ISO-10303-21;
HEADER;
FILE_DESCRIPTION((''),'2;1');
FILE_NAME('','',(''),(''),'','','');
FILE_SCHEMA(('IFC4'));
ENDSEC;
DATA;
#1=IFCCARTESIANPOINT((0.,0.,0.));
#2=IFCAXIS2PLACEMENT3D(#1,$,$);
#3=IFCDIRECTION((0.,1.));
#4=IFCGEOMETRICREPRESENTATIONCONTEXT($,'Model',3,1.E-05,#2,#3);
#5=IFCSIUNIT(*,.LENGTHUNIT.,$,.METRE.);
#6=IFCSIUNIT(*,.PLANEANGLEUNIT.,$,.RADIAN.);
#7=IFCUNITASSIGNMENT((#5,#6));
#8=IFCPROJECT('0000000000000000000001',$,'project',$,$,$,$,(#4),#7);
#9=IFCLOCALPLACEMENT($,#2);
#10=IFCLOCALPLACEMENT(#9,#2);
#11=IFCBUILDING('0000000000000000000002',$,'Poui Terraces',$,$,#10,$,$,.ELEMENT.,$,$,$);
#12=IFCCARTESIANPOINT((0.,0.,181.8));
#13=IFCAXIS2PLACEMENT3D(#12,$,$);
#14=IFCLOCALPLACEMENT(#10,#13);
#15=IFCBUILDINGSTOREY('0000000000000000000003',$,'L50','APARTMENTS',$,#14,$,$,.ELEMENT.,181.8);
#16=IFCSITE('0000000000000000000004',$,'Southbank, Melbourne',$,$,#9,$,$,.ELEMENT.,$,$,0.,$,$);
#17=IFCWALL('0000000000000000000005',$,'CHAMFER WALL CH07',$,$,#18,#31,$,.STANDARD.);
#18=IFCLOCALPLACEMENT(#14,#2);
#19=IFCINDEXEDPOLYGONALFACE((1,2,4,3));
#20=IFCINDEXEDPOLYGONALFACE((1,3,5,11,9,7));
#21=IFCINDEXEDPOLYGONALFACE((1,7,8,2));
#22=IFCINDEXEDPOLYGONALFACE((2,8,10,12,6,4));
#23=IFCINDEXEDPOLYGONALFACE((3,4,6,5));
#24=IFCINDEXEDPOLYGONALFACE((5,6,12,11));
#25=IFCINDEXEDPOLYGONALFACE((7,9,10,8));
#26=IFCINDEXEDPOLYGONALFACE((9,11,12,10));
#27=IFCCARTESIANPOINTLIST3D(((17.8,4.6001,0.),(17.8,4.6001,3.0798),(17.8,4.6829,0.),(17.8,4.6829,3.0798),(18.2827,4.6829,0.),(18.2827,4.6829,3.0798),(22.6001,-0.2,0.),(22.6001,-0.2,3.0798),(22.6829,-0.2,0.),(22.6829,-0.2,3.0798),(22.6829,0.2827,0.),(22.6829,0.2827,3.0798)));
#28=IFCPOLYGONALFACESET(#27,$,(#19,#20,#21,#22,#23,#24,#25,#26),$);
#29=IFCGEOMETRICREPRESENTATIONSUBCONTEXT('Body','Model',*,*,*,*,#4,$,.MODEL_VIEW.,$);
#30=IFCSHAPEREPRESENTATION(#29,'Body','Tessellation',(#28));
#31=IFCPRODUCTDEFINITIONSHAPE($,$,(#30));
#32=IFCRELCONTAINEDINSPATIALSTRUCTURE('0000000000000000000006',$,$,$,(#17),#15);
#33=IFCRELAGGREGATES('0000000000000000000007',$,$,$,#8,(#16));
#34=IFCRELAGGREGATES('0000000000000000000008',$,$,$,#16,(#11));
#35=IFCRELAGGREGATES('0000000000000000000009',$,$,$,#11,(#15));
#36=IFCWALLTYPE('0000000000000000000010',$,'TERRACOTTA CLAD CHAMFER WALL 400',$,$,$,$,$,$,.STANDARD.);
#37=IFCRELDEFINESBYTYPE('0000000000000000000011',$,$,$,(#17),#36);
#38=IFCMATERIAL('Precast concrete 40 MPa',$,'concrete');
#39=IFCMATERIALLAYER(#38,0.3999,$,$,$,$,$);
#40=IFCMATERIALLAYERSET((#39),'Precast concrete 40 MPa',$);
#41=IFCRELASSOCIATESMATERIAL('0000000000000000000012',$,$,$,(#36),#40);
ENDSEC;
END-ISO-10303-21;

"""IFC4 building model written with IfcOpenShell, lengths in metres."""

from ifc_helpers import new_model, si_unit, direction, frame, origin, place, context, subcontext, project, spatial, polyline, outline, extrude, material, layer, layer_set, type_object, element, save


model = new_model("IFC4")

# Units and contexts
model_context = context("Model", 3, precision=1e-05, world=origin(), true_north=direction((0.0, 1.0)))
body_context = subcontext(model_context, "Body", "Model", "MODEL_VIEW")
ifc_project = project(units=[si_unit("LENGTHUNIT", "METRE"), si_unit("PLANEANGLEUNIT", "RADIAN")], contexts=[model_context])

# Site, building, storey
site_placement = place(None, origin())
site = spatial("IfcSite", under=ifc_project, at=site_placement, Name="Southbank, Melbourne", CompositionType="ELEMENT", RefElevation=0.0)
building_placement = place(site_placement, origin())
building = spatial("IfcBuilding", under=site, at=building_placement, Name="Poui Terraces", CompositionType="ELEMENT")
storey_placement = place(building_placement, frame((0.0, 0.0, 181.8)))
storey = spatial("IfcBuildingStorey", under=building, at=storey_placement, Name="L50", Description="APARTMENTS", CompositionType="ELEMENT", Elevation=181.8)

# Shared definitions
ifc_material_1 = material(Name="Precast concrete 40 MPa", Category="concrete")

# Wall
ifc_layer_1 = layer(ifc_material_1, 0.3999)
ifc_layer_set_1 = layer_set([ifc_layer_1], Name="Precast concrete 40 MPa")
wall_type = type_object("IfcWallType", Name="TERRACOTTA CLAD CHAMFER WALL 400", PredefinedType="STANDARD", material=ifc_layer_set_1)
wall_1_placement = place(storey_placement, origin())
element("IfcWall", 1, at=wall_1_placement, inside=storey, type_object=wall_type, Name="CHAMFER WALL CH07", PredefinedType="STANDARD", context=body_context, shape_type="SweptSolid", body=[
    extrude(outline(polyline([(17.8, 4.6829), (17.8, 4.6001), (22.6001, -0.2), (22.6829, -0.2), (22.6829, 0.2827), (18.2827, 4.6829), (17.8, 4.6829)])), origin(), (0.0, 0.0, 1.0), 3.0798),
])

save(model, "model.ifc")
